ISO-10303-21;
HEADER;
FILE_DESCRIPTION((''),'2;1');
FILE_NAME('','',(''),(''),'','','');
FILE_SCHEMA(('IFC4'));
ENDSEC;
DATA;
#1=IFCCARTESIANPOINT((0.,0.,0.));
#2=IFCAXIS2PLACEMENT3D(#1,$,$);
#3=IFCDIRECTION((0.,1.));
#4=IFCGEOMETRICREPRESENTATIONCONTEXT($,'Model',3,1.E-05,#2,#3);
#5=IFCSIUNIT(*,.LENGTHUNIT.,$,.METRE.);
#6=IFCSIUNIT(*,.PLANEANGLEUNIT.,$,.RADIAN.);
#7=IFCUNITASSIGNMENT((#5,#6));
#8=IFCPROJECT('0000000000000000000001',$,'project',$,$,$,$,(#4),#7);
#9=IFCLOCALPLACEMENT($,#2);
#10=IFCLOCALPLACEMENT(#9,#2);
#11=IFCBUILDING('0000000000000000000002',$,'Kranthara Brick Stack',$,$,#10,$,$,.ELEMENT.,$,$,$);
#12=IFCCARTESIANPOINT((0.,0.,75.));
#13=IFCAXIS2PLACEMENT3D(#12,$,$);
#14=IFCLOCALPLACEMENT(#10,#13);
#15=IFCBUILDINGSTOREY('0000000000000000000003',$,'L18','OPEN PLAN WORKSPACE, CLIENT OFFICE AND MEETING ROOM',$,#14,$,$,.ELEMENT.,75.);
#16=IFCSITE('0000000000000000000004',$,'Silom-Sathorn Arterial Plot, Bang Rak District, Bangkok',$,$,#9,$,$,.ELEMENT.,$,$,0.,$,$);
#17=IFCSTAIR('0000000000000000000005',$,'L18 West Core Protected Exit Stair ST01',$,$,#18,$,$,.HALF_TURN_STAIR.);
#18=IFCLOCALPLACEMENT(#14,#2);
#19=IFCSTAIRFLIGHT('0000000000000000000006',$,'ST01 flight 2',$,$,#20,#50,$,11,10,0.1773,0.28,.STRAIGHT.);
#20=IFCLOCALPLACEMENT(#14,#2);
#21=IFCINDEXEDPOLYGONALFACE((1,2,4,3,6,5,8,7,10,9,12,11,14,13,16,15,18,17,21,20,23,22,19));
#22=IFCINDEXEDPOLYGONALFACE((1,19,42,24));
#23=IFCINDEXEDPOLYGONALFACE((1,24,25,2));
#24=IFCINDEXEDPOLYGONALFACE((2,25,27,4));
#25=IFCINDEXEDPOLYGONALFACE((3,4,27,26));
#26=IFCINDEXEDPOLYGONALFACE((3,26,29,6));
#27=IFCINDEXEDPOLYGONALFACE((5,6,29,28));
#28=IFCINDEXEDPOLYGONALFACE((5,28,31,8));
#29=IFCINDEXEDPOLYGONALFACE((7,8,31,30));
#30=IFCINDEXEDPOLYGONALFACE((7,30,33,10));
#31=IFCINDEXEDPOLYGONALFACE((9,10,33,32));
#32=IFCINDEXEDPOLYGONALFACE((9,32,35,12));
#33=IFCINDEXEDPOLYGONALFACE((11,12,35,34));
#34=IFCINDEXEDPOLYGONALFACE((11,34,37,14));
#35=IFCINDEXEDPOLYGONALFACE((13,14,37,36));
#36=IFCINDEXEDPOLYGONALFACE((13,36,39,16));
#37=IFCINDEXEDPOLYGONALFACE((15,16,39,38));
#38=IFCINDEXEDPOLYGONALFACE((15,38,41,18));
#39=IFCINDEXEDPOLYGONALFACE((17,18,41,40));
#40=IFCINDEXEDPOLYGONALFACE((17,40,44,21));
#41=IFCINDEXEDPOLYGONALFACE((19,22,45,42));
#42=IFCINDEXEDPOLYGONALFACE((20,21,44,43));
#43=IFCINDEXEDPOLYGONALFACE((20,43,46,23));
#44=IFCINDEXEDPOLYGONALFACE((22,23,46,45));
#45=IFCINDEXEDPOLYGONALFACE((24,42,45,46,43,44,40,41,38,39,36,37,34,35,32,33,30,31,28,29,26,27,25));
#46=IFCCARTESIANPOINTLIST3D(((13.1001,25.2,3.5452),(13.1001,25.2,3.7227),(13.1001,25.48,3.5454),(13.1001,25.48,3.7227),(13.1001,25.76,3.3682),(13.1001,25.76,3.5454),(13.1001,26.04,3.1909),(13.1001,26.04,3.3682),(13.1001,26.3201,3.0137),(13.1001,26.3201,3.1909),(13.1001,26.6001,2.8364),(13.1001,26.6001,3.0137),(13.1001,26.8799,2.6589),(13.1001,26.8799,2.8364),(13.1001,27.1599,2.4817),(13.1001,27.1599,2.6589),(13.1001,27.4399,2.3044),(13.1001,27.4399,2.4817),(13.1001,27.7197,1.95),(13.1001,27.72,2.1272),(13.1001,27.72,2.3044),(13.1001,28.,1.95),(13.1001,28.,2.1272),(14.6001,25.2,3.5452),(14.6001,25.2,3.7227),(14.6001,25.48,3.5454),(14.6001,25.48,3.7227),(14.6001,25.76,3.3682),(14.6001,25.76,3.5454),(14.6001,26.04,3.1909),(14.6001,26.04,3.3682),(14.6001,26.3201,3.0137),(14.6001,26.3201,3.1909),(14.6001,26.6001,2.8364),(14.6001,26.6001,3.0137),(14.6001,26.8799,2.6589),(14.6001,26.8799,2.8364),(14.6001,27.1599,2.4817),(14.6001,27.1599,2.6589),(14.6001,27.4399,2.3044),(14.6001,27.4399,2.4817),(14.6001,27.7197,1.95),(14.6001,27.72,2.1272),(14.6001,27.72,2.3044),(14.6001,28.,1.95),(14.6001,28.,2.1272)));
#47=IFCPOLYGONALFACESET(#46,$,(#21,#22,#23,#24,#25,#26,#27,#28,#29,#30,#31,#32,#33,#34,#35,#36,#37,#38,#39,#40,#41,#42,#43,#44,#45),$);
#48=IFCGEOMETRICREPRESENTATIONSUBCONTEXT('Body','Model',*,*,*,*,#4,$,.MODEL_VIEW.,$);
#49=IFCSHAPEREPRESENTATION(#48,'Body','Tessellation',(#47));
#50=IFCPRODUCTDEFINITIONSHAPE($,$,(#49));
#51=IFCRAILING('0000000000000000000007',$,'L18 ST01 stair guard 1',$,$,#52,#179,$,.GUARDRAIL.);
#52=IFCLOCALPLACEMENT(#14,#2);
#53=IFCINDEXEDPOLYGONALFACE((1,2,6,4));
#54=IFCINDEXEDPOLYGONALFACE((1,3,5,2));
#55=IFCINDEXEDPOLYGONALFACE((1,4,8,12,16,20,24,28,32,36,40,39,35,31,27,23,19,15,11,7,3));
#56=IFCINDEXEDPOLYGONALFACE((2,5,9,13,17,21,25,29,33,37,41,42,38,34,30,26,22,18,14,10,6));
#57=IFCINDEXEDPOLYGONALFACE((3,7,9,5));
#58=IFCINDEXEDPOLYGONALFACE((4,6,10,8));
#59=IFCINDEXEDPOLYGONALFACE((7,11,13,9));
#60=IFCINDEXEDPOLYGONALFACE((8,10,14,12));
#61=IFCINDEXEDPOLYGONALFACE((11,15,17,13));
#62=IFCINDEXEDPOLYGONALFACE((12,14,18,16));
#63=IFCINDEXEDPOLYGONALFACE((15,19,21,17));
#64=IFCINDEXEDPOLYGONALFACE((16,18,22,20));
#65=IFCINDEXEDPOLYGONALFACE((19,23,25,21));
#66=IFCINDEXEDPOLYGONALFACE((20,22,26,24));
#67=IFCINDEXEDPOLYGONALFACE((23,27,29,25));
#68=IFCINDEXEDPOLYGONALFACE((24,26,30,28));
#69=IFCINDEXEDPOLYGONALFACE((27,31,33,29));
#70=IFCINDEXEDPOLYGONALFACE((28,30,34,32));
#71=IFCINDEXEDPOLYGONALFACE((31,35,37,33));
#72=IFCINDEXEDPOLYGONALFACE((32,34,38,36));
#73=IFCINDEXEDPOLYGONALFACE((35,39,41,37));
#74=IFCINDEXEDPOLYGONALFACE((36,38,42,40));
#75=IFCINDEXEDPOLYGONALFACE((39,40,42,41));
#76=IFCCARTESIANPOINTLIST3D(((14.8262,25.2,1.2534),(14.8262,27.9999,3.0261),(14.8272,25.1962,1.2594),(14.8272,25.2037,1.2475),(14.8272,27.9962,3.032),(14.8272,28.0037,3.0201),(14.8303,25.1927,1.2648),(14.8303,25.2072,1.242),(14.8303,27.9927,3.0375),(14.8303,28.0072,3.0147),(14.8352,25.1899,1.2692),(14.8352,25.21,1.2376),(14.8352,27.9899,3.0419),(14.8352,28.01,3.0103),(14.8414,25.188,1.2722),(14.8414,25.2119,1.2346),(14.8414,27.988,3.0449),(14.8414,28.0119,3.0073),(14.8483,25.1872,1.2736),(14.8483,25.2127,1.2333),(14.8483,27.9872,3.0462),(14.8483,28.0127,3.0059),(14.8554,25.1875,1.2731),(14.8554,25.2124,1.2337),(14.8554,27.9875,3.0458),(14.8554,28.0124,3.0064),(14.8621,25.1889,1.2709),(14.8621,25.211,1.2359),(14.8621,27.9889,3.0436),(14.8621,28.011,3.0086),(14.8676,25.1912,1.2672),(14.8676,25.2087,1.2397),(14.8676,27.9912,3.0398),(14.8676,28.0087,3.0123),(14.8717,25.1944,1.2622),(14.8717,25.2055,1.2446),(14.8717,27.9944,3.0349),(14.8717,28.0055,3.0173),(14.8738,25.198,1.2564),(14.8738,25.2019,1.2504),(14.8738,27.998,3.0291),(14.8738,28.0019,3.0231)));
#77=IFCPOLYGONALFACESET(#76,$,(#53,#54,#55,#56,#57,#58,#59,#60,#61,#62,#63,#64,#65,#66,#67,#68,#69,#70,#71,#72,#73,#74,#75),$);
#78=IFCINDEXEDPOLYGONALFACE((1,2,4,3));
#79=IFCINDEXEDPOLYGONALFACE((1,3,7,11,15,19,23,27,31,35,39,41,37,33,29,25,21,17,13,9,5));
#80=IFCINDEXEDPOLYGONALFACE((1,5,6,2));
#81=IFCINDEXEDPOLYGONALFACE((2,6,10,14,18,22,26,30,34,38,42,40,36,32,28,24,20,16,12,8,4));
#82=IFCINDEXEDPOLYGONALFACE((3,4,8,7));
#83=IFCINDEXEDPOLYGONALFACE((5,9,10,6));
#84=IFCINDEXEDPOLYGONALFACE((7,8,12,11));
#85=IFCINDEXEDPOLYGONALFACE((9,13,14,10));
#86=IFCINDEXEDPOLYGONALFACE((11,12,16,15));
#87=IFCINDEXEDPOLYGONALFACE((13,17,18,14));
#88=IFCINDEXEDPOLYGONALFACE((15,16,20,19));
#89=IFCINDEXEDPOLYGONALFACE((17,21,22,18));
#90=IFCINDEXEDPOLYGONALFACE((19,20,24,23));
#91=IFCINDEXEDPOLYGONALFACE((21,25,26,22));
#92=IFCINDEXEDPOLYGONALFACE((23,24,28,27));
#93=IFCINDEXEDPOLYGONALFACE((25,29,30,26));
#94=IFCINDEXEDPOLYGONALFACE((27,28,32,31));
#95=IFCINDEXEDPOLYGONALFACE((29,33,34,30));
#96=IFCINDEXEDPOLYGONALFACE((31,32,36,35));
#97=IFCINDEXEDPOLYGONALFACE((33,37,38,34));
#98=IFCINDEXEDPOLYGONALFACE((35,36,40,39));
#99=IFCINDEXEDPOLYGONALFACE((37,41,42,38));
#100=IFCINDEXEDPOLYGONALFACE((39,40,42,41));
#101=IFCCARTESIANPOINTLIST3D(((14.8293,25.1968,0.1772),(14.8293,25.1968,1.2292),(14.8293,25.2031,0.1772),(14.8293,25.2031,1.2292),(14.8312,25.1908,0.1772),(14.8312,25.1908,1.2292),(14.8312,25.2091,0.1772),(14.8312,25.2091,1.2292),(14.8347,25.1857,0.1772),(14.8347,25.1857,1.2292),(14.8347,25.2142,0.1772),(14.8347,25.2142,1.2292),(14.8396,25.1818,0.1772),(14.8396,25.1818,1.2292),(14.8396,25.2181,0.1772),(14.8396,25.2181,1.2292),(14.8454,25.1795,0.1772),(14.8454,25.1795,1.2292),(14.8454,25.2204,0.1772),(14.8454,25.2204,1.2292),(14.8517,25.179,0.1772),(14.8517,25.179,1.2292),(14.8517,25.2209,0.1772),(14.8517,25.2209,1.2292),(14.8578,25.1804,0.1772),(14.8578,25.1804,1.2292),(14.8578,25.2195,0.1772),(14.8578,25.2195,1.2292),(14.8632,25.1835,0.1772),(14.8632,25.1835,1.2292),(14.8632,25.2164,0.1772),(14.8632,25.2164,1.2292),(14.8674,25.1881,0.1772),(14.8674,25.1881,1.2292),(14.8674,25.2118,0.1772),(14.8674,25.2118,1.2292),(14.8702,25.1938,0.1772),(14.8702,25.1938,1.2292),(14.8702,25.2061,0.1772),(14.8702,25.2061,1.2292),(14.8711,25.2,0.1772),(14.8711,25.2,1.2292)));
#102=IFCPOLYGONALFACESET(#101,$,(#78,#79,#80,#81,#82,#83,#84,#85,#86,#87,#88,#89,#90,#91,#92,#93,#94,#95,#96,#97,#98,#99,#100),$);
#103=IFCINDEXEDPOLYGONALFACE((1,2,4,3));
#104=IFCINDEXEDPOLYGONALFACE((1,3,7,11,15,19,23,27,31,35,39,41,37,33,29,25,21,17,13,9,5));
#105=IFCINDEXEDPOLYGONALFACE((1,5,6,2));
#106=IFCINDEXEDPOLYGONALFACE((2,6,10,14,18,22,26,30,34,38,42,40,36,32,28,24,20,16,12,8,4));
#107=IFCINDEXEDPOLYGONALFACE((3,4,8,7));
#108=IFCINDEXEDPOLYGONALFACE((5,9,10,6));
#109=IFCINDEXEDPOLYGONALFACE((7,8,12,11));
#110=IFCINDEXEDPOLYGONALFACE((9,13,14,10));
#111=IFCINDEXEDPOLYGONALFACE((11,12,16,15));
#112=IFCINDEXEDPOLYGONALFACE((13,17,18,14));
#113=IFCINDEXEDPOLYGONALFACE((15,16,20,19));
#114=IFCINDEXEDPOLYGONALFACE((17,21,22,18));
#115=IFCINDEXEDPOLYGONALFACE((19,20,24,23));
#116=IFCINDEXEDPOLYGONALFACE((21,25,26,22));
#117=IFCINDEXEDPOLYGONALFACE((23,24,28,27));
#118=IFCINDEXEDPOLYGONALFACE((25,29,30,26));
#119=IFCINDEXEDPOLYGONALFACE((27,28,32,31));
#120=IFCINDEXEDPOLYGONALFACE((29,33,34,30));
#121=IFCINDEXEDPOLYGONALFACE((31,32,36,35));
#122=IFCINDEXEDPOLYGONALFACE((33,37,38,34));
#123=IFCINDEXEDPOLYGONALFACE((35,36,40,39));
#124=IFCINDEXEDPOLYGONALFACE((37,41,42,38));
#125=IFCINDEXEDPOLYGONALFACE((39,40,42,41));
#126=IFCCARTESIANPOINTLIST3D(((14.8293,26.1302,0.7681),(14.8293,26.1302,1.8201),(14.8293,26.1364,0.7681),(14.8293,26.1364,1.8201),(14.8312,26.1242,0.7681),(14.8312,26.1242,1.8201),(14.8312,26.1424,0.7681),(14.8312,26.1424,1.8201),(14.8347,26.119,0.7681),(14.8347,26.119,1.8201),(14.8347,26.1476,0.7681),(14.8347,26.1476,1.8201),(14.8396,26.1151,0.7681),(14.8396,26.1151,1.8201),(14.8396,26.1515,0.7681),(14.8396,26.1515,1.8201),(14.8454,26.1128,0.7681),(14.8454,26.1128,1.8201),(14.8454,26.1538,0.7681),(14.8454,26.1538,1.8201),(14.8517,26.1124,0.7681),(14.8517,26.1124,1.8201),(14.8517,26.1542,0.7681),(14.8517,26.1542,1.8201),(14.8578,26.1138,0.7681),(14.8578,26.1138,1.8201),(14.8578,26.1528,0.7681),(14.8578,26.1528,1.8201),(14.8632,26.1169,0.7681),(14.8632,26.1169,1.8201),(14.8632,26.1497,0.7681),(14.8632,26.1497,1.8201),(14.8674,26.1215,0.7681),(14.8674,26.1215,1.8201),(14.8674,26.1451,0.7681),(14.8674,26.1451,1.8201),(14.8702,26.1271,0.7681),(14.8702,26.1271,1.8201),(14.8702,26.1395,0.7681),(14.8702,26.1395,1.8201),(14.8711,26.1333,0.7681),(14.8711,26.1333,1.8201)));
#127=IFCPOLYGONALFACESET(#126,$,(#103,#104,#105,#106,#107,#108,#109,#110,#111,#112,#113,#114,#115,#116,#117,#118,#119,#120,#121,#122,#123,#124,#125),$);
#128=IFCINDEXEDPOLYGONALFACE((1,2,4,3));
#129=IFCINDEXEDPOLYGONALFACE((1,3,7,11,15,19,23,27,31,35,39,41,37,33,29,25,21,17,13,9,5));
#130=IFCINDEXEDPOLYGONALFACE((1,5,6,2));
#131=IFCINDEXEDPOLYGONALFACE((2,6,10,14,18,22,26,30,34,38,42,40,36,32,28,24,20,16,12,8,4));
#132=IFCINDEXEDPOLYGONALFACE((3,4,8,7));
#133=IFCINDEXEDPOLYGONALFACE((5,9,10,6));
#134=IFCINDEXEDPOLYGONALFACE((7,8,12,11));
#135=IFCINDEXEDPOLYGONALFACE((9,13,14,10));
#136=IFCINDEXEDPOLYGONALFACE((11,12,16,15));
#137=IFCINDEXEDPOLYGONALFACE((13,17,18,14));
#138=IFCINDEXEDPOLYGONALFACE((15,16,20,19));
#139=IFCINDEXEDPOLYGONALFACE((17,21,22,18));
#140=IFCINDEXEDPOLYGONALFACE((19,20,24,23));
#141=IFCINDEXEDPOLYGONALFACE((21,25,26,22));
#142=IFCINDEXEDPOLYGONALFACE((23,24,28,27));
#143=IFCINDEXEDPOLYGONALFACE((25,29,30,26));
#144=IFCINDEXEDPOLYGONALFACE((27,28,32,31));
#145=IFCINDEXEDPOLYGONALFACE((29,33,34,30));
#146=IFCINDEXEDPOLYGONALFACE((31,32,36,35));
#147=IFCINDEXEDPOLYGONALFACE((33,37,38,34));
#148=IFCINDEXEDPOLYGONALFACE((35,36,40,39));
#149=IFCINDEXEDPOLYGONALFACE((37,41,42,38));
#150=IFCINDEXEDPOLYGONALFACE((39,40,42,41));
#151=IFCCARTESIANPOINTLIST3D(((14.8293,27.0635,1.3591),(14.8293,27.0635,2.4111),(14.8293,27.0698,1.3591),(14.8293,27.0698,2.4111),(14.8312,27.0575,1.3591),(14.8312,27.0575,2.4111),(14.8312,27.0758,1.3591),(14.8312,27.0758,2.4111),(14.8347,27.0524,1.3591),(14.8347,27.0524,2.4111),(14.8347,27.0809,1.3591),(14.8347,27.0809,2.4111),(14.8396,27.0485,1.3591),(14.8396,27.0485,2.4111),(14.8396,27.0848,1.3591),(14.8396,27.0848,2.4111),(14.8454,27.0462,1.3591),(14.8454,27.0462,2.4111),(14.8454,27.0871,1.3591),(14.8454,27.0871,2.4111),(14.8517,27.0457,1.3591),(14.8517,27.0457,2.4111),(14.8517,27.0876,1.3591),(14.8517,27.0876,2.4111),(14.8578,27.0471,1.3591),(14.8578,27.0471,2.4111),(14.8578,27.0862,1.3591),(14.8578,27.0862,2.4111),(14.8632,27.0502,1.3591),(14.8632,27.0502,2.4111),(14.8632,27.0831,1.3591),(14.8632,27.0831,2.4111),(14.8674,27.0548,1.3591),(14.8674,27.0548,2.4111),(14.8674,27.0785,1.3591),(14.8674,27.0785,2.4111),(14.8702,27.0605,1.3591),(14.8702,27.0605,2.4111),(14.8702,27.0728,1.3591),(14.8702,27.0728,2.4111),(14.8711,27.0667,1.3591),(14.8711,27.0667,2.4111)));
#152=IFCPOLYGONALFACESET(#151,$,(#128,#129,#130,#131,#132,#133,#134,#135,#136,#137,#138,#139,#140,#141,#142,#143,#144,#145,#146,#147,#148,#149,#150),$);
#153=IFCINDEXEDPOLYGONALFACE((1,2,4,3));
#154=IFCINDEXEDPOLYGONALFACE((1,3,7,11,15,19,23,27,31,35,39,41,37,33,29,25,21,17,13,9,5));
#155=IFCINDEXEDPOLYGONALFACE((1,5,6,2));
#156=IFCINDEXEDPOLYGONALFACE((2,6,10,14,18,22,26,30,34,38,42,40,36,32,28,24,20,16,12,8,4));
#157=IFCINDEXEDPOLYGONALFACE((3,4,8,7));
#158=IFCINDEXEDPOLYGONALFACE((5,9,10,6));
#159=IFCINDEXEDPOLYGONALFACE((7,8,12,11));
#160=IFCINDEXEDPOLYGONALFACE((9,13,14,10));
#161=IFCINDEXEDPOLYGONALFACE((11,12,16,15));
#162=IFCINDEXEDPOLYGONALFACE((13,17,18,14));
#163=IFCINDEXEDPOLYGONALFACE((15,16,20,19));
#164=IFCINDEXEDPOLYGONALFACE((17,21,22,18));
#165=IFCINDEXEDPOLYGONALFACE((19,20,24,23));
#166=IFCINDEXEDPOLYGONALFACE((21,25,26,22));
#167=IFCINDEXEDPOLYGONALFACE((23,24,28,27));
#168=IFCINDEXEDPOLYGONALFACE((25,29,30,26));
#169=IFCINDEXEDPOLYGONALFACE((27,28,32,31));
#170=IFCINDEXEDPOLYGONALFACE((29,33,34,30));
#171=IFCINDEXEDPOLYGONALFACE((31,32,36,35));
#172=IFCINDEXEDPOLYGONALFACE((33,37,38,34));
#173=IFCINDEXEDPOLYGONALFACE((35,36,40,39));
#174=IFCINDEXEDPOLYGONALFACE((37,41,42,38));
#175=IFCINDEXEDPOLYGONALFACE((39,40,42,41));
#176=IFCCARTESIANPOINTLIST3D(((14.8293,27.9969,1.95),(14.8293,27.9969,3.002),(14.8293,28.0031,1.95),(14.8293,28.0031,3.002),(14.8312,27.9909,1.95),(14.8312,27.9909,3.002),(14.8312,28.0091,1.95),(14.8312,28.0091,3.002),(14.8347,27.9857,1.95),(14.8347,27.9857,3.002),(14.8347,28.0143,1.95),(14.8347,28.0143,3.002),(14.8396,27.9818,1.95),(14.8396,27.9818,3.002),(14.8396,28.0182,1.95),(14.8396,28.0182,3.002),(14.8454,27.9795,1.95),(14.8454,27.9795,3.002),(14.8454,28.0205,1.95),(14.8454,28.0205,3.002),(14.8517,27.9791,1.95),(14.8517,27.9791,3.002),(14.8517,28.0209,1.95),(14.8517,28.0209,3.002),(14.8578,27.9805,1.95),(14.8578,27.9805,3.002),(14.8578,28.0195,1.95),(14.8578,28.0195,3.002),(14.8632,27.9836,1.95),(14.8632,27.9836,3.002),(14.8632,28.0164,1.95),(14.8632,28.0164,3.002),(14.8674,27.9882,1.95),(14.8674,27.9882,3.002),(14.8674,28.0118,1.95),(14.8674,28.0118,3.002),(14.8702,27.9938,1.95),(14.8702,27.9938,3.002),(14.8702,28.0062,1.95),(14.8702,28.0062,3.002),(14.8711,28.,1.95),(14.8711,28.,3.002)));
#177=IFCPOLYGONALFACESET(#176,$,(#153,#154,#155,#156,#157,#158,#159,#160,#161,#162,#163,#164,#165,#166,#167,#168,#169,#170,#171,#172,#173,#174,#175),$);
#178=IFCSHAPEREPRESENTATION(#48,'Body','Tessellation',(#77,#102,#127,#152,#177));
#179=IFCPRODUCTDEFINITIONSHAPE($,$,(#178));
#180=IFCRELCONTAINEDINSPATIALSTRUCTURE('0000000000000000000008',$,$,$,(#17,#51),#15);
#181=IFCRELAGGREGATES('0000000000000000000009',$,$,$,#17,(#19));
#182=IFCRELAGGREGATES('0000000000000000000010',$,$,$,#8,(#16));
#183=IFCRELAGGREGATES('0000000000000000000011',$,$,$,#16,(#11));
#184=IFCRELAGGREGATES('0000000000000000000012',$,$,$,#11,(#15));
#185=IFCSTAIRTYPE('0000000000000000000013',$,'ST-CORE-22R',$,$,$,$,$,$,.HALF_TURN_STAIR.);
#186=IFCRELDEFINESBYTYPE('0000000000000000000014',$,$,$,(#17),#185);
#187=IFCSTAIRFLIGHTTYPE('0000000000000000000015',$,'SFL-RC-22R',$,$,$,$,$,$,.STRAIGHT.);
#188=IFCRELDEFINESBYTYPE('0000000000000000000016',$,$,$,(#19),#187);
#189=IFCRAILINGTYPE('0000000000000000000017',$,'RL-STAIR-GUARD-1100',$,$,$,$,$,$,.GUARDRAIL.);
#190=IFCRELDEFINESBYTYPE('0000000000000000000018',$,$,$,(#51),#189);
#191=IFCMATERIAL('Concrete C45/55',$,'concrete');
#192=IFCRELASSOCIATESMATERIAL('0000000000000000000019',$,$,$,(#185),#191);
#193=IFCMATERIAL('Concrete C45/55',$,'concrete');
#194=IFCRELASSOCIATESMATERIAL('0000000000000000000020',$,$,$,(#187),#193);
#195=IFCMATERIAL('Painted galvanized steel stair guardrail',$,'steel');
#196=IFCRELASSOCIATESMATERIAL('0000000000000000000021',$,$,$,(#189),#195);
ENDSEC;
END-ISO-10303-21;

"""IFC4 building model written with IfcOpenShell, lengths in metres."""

from ifc_helpers import new_model, si_unit, direction, frame, origin, origin_2d, place, context, subcontext, project, spatial, polyline, circle, outline, extrude, material, type_object, element, aggregate, save


model = new_model("IFC4")

# Units and contexts
model_context = context("Model", 3, precision=1e-05, world=origin(), true_north=direction((0.0, 1.0)))
body_context = subcontext(model_context, "Body", "Model", "MODEL_VIEW")
ifc_project = project(units=[si_unit("LENGTHUNIT", "METRE"), si_unit("PLANEANGLEUNIT", "RADIAN")], contexts=[model_context])

# Site, building, storey
site_placement = place(None, origin())
site = spatial("IfcSite", under=ifc_project, at=site_placement, Name="Silom-Sathorn Arterial Plot, Bang Rak District, Bangkok", CompositionType="ELEMENT", RefElevation=0.0)
building_placement = place(site_placement, origin())
building = spatial("IfcBuilding", under=site, at=building_placement, Name="Kranthara Brick Stack", CompositionType="ELEMENT")
storey_placement = place(building_placement, frame((0.0, 0.0, 75.0)))
storey = spatial("IfcBuildingStorey", under=building, at=storey_placement, Name="L18", Description="OPEN PLAN WORKSPACE, CLIENT OFFICE AND MEETING ROOM", CompositionType="ELEMENT", Elevation=75.0)

# Stair, stair flight
ifc_material_1 = material(Name="Concrete C45/55", Category="concrete")
stair_type = type_object("IfcStairType", Name="ST-CORE-22R", PredefinedType="HALF_TURN_STAIR", material=ifc_material_1)
stair_placement = place(storey_placement, origin())
stair = element("IfcStair", 1, at=stair_placement, inside=storey, type_object=stair_type, Name="L18 West Core Protected Exit Stair ST01", PredefinedType="HALF_TURN_STAIR")
ifc_material_2 = material(Name="Concrete C45/55", Category="concrete")
stair_flight_type = type_object("IfcStairFlightType", Name="SFL-RC-22R", PredefinedType="STRAIGHT", material=ifc_material_2)
stair_flight_1_placement = place(storey_placement, frame((13.8501, 28.0, 1.95), z_axis=(0.0, 0.0, 1.0), x_axis=(0.0, -1.0, 0.0)))
stair_flight_1 = element("IfcStairFlight", 2, at=stair_flight_1_placement, type_object=stair_flight_type, Name="ST01 flight 2", NumberOfRisers=11, NumberOfTreads=10, PredefinedType="STRAIGHT", RiserHeight=0.1773, TreadLength=0.28, context=body_context, shape_type="SweptSolid", body=[
    extrude(outline(polyline([(0.0, 0.0), (0.0, 0.1772), (0.28, 0.1772), (0.28, 0.3545), (0.5601, 0.3545), (0.5601, 0.5317), (0.8401, 0.5317), (0.8401, 0.709), (1.1201, 0.709), (1.1201, 0.8865), (1.3999, 0.8865), (1.3999, 1.0637), (1.6799, 1.0637), (1.6799, 1.241), (1.96, 1.241), (1.96, 1.4182), (2.24, 1.4182), (2.24, 1.5955), (2.52, 1.5955), (2.52, 1.7727), (2.8, 1.7727), (2.8, 1.95), (2.8, 1.5952), (0.2803, 0.0), (0.0, 0.0)])), frame((0.0, 0.75, 0.0), z_axis=(0.0, -1.0, 0.0), x_axis=(1.0, 0.0, 0.0)), (0.0, 0.0, 1.0), 1.5),
])
aggregate(stair, [stair_flight_1])

# Railing
ifc_material_3 = material(Name="Painted galvanized steel stair guardrail", Category="steel")
railing_type_1 = type_object("IfcRailingType", Name="RL-STAIR-GUARD-1100", PredefinedType="GUARDRAIL", material=ifc_material_3)
railing_1_placement = place(storey_placement, frame((14.8501, 25.2, 0.1772)))
element("IfcRailing", 3, at=railing_1_placement, inside=storey, type_object=railing_type_1, Name="L18 ST01 stair guard 1", PredefinedType="GUARDRAIL", context=body_context, shape_type="SweptSolid", body=[
    extrude(circle(Radius=0.0239, at=origin_2d()), frame((0.0, 0.0, 1.0762), z_axis=(0.0, 0.844909, 0.53491), x_axis=(-1.0, 0.0, 0.0)), (0.0, 0.0, 1.0), 3.314),
    extrude(circle(Radius=0.021, at=origin_2d()), origin(), (0.0, 0.0, 1.0), 1.052),
    extrude(circle(Radius=0.021, at=origin_2d()), frame((0.0, 0.9333, 0.5908)), (0.0, 0.0, 1.0), 1.052),
    extrude(circle(Radius=0.021, at=origin_2d()), frame((0.0, 1.8667, 1.1819)), (0.0, 0.0, 1.0), 1.052),
    extrude(circle(Radius=0.021, at=origin_2d()), frame((0.0, 2.8, 1.7727)), (0.0, 0.0, 1.0), 1.052),
])

save(model, "model.ifc")
